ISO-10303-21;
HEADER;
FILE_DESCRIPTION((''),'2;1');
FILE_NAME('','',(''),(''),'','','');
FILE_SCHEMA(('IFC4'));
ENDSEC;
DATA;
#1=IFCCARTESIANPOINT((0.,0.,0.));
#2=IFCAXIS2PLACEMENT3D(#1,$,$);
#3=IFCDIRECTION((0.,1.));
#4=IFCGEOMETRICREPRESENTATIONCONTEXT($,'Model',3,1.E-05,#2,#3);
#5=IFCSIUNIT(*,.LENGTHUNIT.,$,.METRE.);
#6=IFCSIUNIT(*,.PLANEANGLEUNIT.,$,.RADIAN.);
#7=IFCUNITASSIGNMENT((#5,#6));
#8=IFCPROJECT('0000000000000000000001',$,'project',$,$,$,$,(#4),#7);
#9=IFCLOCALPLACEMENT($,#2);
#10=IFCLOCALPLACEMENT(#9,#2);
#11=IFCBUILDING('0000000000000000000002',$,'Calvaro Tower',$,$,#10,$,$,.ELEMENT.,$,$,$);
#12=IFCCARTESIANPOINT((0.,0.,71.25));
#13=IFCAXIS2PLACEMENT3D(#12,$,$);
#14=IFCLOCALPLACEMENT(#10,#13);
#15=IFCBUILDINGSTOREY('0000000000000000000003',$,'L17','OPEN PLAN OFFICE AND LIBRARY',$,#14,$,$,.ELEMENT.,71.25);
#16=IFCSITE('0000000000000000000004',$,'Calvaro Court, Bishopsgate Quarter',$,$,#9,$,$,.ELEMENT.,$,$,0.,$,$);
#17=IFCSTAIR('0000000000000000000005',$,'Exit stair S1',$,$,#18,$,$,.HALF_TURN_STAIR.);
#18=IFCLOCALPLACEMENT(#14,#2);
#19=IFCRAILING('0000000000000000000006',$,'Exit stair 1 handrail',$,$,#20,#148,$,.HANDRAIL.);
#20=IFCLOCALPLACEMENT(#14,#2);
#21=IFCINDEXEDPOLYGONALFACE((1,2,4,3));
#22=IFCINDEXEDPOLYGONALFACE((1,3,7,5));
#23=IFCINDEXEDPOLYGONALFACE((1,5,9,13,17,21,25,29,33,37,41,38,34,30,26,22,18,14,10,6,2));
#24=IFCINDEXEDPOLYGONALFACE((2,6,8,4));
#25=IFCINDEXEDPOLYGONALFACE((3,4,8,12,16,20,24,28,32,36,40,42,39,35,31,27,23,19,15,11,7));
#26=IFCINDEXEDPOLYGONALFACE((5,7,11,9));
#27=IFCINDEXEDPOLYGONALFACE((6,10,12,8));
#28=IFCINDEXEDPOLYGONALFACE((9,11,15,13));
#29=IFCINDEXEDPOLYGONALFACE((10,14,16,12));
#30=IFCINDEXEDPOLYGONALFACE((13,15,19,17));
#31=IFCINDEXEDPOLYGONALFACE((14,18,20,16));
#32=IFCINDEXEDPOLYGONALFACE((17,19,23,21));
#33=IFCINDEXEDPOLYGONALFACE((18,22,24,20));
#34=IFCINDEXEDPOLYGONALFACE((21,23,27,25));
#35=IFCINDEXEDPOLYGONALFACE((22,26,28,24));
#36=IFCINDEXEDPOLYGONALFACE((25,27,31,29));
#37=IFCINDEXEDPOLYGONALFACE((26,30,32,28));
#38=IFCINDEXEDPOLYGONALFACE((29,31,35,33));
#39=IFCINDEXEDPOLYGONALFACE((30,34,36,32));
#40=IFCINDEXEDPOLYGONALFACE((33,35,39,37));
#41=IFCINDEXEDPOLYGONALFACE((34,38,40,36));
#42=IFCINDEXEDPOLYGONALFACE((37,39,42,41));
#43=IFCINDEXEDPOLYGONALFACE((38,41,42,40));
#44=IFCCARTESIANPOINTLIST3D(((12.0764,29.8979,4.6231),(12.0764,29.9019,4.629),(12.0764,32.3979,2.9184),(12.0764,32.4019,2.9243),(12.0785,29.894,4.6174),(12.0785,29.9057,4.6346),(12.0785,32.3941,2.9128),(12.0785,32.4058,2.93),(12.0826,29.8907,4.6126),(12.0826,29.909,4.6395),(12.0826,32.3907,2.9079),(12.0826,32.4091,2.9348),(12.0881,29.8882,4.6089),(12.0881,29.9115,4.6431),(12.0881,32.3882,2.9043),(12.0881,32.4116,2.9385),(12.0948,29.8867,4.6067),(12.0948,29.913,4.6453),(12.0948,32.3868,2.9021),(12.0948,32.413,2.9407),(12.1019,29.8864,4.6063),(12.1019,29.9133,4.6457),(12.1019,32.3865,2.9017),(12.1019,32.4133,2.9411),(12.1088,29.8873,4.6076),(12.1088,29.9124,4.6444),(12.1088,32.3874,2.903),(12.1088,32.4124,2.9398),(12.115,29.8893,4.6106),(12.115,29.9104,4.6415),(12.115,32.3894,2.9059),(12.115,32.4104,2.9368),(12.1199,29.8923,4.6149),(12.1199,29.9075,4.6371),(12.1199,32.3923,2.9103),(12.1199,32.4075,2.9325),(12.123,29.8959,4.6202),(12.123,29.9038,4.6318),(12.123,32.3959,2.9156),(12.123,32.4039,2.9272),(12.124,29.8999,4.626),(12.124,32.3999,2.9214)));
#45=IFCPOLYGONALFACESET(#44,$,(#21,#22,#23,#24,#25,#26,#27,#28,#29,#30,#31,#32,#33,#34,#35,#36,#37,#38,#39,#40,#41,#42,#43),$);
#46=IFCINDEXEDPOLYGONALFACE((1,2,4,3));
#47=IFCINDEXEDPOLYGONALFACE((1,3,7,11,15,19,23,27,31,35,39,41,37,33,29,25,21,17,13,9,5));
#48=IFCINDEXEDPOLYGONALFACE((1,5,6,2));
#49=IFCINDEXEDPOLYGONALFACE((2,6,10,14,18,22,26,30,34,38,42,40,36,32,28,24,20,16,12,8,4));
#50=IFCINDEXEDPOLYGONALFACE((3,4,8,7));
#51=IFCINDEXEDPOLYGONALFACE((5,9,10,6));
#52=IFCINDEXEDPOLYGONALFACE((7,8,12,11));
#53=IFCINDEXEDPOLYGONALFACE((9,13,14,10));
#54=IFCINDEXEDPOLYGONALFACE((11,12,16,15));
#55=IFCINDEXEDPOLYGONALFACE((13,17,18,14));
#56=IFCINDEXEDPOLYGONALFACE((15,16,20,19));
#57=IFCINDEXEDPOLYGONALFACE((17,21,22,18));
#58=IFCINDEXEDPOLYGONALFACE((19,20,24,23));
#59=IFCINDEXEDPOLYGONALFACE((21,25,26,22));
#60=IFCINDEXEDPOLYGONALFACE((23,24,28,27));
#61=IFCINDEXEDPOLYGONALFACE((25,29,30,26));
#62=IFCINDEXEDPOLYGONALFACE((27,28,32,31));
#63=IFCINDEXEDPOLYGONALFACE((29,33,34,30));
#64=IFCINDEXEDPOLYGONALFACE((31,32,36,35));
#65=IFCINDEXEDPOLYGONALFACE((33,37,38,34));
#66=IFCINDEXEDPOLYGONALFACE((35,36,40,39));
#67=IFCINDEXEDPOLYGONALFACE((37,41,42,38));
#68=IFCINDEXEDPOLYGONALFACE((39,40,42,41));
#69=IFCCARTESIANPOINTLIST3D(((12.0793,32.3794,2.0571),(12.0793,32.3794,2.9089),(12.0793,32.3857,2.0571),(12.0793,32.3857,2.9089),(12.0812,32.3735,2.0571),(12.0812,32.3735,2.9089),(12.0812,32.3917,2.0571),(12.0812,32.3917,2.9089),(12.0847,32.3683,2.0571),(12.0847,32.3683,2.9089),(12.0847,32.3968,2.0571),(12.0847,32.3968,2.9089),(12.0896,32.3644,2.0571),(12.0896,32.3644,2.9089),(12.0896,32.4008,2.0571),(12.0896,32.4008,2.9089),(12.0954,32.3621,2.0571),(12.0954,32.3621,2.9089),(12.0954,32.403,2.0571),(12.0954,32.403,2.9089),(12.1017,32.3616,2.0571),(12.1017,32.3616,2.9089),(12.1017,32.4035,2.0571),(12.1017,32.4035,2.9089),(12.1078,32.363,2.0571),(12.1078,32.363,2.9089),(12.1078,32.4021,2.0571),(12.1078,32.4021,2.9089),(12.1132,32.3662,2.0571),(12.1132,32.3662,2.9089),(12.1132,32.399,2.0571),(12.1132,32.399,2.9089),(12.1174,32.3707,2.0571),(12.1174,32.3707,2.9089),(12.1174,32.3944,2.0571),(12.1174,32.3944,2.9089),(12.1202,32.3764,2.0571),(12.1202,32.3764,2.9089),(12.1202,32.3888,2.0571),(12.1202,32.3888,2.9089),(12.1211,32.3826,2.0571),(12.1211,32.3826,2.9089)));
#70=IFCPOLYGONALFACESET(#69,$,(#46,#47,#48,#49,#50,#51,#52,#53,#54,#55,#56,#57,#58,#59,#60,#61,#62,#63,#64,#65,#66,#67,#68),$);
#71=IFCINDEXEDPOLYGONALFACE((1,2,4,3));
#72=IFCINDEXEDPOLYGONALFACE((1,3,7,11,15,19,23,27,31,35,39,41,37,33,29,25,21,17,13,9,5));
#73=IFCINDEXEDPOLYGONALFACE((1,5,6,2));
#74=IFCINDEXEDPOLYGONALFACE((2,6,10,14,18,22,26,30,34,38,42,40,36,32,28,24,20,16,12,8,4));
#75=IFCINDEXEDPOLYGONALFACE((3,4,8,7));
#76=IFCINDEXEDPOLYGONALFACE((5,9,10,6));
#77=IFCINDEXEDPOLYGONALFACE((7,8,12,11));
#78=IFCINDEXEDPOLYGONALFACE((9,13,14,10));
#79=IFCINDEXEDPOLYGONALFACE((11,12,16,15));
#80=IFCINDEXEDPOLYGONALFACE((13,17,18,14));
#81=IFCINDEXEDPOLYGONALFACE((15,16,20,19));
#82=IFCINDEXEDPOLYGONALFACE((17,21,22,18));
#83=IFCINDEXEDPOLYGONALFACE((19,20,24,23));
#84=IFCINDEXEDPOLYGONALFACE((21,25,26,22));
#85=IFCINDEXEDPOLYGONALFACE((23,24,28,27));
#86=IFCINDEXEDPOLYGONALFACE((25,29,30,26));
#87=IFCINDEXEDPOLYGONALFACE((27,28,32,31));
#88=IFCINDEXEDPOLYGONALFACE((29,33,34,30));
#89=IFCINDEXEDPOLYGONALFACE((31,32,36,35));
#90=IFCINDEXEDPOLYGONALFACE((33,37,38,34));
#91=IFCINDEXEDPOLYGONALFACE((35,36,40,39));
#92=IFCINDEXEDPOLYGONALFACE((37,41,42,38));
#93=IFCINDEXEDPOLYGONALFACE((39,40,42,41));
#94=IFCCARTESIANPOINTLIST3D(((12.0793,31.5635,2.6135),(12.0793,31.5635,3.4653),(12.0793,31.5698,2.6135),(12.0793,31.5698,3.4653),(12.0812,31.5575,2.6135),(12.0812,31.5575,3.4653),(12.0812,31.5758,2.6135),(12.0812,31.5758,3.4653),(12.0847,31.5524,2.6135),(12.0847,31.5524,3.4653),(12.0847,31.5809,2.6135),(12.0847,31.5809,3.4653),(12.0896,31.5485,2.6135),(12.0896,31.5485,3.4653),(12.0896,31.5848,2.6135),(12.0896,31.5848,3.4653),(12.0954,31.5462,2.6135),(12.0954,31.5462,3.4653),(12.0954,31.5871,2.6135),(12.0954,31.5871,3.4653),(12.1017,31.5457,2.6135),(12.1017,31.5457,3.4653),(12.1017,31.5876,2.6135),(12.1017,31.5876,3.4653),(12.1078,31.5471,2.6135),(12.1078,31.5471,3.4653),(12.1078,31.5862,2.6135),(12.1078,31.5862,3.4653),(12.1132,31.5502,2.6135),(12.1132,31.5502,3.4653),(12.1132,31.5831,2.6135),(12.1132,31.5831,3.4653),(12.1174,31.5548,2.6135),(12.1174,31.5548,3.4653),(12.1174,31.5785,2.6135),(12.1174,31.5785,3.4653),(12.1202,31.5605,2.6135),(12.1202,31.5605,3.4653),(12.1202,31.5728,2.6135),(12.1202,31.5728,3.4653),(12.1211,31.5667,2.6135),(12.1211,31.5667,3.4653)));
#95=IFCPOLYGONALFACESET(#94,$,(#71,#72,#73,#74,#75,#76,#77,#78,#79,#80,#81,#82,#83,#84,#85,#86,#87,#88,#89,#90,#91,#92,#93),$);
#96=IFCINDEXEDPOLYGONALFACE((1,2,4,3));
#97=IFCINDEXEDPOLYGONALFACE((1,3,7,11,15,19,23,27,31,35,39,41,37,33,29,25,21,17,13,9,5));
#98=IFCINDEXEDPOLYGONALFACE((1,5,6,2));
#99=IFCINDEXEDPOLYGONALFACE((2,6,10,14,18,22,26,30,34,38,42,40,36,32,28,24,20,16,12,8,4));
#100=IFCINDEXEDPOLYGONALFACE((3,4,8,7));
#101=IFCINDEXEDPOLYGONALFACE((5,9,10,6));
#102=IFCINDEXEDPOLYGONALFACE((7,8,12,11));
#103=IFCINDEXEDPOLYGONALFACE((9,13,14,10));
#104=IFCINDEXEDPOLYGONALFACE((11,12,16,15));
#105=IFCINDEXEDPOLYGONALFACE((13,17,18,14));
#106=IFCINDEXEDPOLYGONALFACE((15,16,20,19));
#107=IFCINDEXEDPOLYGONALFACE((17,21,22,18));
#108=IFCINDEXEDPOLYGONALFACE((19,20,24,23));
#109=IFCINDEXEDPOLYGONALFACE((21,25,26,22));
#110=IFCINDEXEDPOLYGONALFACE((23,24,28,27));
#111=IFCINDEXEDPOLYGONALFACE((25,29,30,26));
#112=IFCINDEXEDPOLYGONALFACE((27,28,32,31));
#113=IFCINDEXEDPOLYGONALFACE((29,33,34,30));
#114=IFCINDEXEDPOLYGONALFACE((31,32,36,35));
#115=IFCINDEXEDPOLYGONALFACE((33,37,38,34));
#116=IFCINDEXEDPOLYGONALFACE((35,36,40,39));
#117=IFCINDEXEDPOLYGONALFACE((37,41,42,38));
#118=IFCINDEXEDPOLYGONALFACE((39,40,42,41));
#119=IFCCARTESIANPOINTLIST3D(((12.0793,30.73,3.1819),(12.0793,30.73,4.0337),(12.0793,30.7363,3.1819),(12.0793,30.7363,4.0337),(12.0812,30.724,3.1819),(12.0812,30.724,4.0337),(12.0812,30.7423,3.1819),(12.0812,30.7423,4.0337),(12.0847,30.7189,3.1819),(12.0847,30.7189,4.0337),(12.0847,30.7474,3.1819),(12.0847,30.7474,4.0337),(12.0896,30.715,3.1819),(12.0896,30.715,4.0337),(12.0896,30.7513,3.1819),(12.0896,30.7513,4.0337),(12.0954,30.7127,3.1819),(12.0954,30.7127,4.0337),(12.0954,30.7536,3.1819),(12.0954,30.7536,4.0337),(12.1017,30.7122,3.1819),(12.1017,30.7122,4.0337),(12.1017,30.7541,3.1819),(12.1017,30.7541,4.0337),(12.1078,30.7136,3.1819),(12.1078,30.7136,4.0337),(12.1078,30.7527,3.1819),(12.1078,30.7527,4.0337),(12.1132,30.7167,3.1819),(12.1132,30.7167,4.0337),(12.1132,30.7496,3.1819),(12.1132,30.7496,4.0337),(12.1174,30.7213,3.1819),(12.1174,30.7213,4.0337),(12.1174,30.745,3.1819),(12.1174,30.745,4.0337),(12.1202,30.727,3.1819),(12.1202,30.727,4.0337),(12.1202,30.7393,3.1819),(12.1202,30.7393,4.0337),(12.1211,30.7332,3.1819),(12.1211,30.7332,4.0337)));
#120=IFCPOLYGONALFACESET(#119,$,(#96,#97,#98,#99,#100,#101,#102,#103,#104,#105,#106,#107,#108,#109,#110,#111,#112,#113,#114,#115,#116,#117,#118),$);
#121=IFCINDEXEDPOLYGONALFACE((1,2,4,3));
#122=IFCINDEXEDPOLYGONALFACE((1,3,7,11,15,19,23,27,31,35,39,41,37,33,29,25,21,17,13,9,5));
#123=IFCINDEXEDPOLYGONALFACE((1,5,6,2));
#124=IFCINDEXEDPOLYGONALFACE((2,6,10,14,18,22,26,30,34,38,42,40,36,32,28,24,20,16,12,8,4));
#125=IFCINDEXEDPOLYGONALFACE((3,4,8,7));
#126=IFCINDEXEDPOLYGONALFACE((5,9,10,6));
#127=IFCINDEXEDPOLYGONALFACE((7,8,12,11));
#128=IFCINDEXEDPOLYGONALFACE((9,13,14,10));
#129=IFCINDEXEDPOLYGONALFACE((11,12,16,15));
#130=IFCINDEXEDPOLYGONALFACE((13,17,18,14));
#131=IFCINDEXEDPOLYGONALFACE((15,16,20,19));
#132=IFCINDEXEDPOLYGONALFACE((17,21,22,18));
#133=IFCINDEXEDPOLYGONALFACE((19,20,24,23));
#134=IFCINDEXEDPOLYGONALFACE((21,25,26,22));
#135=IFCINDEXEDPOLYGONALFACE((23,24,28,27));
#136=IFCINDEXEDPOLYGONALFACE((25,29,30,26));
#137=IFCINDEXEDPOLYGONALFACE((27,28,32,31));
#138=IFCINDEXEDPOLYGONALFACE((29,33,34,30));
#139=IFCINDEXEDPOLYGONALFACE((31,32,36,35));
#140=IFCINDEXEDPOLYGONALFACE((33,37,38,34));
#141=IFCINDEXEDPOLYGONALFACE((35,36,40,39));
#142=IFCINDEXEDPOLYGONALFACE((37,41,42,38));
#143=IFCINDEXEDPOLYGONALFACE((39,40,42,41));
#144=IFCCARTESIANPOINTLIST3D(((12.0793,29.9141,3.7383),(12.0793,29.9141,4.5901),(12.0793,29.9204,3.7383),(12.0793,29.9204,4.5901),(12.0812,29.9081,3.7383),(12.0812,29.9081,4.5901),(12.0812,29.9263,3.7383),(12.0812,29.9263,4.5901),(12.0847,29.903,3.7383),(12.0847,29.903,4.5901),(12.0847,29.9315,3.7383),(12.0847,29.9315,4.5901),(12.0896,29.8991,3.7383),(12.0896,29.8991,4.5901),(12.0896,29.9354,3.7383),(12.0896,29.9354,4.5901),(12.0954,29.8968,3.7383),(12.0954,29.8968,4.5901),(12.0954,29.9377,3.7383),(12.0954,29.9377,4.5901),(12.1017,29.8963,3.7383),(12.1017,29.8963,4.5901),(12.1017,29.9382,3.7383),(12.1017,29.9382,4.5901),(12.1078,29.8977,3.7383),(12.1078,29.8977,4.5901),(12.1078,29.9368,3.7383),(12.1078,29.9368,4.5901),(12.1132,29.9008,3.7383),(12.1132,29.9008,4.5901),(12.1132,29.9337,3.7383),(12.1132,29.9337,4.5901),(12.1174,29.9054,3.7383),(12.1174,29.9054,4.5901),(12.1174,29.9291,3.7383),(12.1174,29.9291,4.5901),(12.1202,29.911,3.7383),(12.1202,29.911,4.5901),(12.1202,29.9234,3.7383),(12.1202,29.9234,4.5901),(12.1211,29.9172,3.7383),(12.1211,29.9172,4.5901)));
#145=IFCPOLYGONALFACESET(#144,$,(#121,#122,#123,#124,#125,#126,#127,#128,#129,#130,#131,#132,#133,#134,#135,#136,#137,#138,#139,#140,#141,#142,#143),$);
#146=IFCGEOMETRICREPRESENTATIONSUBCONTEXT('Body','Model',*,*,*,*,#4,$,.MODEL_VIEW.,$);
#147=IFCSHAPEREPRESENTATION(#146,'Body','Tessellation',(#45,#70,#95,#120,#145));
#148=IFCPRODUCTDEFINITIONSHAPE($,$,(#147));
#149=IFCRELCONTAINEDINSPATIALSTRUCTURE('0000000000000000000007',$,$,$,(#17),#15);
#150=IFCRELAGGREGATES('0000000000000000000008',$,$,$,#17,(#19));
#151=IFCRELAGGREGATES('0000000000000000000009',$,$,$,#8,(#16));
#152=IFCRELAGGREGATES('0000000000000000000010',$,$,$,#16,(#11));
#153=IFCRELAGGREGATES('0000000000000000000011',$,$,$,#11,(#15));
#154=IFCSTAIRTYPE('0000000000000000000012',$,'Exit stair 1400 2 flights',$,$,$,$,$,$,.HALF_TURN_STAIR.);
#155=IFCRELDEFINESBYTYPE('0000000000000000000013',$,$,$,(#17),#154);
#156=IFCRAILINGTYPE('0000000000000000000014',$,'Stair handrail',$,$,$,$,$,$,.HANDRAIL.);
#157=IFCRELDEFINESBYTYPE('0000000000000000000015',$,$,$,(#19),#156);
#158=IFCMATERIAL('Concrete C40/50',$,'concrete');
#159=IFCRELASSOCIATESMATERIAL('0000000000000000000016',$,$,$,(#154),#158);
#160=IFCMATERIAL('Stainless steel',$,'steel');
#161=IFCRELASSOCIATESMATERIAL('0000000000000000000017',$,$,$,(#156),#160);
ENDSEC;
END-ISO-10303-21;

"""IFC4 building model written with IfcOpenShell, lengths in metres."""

from ifc_helpers import new_model, si_unit, direction, frame, origin, origin_2d, place, context, subcontext, project, spatial, circle, extrude, material, type_object, element, aggregate, save


model = new_model("IFC4")

# Units and contexts
model_context = context("Model", 3, precision=1e-05, world=origin(), true_north=direction((0.0, 1.0)))
body_context = subcontext(model_context, "Body", "Model", "MODEL_VIEW")
ifc_project = project(units=[si_unit("LENGTHUNIT", "METRE"), si_unit("PLANEANGLEUNIT", "RADIAN")], contexts=[model_context])

# Site, building, storey
site_placement = place(None, origin())
site = spatial("IfcSite", under=ifc_project, at=site_placement, Name="Calvaro Court, Bishopsgate Quarter", CompositionType="ELEMENT", RefElevation=0.0)
building_placement = place(site_placement, origin())
building = spatial("IfcBuilding", under=site, at=building_placement, Name="Calvaro Tower", CompositionType="ELEMENT")
storey_placement = place(building_placement, frame((0.0, 0.0, 71.25)))
storey = spatial("IfcBuildingStorey", under=building, at=storey_placement, Name="L17", Description="OPEN PLAN OFFICE AND LIBRARY", CompositionType="ELEMENT", Elevation=71.25)

# Stair, railing
ifc_material_1 = material(Name="Concrete C40/50", Category="concrete")
stair_type = type_object("IfcStairType", Name="Exit stair 1400 2 flights", PredefinedType="HALF_TURN_STAIR", material=ifc_material_1)
stair_placement = place(storey_placement, origin())
stair = element("IfcStair", 1, at=stair_placement, inside=storey, type_object=stair_type, Name="Exit stair S1", PredefinedType="HALF_TURN_STAIR")
ifc_material_2 = material(Name="Stainless steel", Category="steel")
railing_type = type_object("IfcRailingType", Name="Stair handrail", PredefinedType="HANDRAIL", material=ifc_material_2)
railing_1_placement = place(storey_placement, frame((12.1001, 32.3999, 2.0454)))
railing_1 = element("IfcRailing", 2, at=railing_1_placement, type_object=railing_type, Name="Exit stair 1 handrail", PredefinedType="HANDRAIL", context=body_context, shape_type="SweptSolid", body=[
    extrude(circle(Radius=0.0239, at=origin_2d()), frame((0.0, 0.0, 0.876), z_axis=(0.0, -0.826221, 0.563347), x_axis=(1.0, 0.0, 0.0)), (0.0, 0.0, 1.0), 3.0259),
    extrude(circle(Radius=0.021, at=origin_2d()), frame((0.0, -0.0173, 0.0117)), (0.0, 0.0, 1.0), 0.8518),
    extrude(circle(Radius=0.021, at=origin_2d()), frame((0.0, -0.8333, 0.5681)), (0.0, 0.0, 1.0), 0.8518),
    extrude(circle(Radius=0.021, at=origin_2d()), frame((0.0, -1.6667, 1.1365)), (0.0, 0.0, 1.0), 0.8518),
    extrude(circle(Radius=0.021, at=origin_2d()), frame((0.0, -2.4827, 1.6929)), (0.0, 0.0, 1.0), 0.8518),
])
aggregate(stair, [railing_1])

save(model, "model.ifc")
